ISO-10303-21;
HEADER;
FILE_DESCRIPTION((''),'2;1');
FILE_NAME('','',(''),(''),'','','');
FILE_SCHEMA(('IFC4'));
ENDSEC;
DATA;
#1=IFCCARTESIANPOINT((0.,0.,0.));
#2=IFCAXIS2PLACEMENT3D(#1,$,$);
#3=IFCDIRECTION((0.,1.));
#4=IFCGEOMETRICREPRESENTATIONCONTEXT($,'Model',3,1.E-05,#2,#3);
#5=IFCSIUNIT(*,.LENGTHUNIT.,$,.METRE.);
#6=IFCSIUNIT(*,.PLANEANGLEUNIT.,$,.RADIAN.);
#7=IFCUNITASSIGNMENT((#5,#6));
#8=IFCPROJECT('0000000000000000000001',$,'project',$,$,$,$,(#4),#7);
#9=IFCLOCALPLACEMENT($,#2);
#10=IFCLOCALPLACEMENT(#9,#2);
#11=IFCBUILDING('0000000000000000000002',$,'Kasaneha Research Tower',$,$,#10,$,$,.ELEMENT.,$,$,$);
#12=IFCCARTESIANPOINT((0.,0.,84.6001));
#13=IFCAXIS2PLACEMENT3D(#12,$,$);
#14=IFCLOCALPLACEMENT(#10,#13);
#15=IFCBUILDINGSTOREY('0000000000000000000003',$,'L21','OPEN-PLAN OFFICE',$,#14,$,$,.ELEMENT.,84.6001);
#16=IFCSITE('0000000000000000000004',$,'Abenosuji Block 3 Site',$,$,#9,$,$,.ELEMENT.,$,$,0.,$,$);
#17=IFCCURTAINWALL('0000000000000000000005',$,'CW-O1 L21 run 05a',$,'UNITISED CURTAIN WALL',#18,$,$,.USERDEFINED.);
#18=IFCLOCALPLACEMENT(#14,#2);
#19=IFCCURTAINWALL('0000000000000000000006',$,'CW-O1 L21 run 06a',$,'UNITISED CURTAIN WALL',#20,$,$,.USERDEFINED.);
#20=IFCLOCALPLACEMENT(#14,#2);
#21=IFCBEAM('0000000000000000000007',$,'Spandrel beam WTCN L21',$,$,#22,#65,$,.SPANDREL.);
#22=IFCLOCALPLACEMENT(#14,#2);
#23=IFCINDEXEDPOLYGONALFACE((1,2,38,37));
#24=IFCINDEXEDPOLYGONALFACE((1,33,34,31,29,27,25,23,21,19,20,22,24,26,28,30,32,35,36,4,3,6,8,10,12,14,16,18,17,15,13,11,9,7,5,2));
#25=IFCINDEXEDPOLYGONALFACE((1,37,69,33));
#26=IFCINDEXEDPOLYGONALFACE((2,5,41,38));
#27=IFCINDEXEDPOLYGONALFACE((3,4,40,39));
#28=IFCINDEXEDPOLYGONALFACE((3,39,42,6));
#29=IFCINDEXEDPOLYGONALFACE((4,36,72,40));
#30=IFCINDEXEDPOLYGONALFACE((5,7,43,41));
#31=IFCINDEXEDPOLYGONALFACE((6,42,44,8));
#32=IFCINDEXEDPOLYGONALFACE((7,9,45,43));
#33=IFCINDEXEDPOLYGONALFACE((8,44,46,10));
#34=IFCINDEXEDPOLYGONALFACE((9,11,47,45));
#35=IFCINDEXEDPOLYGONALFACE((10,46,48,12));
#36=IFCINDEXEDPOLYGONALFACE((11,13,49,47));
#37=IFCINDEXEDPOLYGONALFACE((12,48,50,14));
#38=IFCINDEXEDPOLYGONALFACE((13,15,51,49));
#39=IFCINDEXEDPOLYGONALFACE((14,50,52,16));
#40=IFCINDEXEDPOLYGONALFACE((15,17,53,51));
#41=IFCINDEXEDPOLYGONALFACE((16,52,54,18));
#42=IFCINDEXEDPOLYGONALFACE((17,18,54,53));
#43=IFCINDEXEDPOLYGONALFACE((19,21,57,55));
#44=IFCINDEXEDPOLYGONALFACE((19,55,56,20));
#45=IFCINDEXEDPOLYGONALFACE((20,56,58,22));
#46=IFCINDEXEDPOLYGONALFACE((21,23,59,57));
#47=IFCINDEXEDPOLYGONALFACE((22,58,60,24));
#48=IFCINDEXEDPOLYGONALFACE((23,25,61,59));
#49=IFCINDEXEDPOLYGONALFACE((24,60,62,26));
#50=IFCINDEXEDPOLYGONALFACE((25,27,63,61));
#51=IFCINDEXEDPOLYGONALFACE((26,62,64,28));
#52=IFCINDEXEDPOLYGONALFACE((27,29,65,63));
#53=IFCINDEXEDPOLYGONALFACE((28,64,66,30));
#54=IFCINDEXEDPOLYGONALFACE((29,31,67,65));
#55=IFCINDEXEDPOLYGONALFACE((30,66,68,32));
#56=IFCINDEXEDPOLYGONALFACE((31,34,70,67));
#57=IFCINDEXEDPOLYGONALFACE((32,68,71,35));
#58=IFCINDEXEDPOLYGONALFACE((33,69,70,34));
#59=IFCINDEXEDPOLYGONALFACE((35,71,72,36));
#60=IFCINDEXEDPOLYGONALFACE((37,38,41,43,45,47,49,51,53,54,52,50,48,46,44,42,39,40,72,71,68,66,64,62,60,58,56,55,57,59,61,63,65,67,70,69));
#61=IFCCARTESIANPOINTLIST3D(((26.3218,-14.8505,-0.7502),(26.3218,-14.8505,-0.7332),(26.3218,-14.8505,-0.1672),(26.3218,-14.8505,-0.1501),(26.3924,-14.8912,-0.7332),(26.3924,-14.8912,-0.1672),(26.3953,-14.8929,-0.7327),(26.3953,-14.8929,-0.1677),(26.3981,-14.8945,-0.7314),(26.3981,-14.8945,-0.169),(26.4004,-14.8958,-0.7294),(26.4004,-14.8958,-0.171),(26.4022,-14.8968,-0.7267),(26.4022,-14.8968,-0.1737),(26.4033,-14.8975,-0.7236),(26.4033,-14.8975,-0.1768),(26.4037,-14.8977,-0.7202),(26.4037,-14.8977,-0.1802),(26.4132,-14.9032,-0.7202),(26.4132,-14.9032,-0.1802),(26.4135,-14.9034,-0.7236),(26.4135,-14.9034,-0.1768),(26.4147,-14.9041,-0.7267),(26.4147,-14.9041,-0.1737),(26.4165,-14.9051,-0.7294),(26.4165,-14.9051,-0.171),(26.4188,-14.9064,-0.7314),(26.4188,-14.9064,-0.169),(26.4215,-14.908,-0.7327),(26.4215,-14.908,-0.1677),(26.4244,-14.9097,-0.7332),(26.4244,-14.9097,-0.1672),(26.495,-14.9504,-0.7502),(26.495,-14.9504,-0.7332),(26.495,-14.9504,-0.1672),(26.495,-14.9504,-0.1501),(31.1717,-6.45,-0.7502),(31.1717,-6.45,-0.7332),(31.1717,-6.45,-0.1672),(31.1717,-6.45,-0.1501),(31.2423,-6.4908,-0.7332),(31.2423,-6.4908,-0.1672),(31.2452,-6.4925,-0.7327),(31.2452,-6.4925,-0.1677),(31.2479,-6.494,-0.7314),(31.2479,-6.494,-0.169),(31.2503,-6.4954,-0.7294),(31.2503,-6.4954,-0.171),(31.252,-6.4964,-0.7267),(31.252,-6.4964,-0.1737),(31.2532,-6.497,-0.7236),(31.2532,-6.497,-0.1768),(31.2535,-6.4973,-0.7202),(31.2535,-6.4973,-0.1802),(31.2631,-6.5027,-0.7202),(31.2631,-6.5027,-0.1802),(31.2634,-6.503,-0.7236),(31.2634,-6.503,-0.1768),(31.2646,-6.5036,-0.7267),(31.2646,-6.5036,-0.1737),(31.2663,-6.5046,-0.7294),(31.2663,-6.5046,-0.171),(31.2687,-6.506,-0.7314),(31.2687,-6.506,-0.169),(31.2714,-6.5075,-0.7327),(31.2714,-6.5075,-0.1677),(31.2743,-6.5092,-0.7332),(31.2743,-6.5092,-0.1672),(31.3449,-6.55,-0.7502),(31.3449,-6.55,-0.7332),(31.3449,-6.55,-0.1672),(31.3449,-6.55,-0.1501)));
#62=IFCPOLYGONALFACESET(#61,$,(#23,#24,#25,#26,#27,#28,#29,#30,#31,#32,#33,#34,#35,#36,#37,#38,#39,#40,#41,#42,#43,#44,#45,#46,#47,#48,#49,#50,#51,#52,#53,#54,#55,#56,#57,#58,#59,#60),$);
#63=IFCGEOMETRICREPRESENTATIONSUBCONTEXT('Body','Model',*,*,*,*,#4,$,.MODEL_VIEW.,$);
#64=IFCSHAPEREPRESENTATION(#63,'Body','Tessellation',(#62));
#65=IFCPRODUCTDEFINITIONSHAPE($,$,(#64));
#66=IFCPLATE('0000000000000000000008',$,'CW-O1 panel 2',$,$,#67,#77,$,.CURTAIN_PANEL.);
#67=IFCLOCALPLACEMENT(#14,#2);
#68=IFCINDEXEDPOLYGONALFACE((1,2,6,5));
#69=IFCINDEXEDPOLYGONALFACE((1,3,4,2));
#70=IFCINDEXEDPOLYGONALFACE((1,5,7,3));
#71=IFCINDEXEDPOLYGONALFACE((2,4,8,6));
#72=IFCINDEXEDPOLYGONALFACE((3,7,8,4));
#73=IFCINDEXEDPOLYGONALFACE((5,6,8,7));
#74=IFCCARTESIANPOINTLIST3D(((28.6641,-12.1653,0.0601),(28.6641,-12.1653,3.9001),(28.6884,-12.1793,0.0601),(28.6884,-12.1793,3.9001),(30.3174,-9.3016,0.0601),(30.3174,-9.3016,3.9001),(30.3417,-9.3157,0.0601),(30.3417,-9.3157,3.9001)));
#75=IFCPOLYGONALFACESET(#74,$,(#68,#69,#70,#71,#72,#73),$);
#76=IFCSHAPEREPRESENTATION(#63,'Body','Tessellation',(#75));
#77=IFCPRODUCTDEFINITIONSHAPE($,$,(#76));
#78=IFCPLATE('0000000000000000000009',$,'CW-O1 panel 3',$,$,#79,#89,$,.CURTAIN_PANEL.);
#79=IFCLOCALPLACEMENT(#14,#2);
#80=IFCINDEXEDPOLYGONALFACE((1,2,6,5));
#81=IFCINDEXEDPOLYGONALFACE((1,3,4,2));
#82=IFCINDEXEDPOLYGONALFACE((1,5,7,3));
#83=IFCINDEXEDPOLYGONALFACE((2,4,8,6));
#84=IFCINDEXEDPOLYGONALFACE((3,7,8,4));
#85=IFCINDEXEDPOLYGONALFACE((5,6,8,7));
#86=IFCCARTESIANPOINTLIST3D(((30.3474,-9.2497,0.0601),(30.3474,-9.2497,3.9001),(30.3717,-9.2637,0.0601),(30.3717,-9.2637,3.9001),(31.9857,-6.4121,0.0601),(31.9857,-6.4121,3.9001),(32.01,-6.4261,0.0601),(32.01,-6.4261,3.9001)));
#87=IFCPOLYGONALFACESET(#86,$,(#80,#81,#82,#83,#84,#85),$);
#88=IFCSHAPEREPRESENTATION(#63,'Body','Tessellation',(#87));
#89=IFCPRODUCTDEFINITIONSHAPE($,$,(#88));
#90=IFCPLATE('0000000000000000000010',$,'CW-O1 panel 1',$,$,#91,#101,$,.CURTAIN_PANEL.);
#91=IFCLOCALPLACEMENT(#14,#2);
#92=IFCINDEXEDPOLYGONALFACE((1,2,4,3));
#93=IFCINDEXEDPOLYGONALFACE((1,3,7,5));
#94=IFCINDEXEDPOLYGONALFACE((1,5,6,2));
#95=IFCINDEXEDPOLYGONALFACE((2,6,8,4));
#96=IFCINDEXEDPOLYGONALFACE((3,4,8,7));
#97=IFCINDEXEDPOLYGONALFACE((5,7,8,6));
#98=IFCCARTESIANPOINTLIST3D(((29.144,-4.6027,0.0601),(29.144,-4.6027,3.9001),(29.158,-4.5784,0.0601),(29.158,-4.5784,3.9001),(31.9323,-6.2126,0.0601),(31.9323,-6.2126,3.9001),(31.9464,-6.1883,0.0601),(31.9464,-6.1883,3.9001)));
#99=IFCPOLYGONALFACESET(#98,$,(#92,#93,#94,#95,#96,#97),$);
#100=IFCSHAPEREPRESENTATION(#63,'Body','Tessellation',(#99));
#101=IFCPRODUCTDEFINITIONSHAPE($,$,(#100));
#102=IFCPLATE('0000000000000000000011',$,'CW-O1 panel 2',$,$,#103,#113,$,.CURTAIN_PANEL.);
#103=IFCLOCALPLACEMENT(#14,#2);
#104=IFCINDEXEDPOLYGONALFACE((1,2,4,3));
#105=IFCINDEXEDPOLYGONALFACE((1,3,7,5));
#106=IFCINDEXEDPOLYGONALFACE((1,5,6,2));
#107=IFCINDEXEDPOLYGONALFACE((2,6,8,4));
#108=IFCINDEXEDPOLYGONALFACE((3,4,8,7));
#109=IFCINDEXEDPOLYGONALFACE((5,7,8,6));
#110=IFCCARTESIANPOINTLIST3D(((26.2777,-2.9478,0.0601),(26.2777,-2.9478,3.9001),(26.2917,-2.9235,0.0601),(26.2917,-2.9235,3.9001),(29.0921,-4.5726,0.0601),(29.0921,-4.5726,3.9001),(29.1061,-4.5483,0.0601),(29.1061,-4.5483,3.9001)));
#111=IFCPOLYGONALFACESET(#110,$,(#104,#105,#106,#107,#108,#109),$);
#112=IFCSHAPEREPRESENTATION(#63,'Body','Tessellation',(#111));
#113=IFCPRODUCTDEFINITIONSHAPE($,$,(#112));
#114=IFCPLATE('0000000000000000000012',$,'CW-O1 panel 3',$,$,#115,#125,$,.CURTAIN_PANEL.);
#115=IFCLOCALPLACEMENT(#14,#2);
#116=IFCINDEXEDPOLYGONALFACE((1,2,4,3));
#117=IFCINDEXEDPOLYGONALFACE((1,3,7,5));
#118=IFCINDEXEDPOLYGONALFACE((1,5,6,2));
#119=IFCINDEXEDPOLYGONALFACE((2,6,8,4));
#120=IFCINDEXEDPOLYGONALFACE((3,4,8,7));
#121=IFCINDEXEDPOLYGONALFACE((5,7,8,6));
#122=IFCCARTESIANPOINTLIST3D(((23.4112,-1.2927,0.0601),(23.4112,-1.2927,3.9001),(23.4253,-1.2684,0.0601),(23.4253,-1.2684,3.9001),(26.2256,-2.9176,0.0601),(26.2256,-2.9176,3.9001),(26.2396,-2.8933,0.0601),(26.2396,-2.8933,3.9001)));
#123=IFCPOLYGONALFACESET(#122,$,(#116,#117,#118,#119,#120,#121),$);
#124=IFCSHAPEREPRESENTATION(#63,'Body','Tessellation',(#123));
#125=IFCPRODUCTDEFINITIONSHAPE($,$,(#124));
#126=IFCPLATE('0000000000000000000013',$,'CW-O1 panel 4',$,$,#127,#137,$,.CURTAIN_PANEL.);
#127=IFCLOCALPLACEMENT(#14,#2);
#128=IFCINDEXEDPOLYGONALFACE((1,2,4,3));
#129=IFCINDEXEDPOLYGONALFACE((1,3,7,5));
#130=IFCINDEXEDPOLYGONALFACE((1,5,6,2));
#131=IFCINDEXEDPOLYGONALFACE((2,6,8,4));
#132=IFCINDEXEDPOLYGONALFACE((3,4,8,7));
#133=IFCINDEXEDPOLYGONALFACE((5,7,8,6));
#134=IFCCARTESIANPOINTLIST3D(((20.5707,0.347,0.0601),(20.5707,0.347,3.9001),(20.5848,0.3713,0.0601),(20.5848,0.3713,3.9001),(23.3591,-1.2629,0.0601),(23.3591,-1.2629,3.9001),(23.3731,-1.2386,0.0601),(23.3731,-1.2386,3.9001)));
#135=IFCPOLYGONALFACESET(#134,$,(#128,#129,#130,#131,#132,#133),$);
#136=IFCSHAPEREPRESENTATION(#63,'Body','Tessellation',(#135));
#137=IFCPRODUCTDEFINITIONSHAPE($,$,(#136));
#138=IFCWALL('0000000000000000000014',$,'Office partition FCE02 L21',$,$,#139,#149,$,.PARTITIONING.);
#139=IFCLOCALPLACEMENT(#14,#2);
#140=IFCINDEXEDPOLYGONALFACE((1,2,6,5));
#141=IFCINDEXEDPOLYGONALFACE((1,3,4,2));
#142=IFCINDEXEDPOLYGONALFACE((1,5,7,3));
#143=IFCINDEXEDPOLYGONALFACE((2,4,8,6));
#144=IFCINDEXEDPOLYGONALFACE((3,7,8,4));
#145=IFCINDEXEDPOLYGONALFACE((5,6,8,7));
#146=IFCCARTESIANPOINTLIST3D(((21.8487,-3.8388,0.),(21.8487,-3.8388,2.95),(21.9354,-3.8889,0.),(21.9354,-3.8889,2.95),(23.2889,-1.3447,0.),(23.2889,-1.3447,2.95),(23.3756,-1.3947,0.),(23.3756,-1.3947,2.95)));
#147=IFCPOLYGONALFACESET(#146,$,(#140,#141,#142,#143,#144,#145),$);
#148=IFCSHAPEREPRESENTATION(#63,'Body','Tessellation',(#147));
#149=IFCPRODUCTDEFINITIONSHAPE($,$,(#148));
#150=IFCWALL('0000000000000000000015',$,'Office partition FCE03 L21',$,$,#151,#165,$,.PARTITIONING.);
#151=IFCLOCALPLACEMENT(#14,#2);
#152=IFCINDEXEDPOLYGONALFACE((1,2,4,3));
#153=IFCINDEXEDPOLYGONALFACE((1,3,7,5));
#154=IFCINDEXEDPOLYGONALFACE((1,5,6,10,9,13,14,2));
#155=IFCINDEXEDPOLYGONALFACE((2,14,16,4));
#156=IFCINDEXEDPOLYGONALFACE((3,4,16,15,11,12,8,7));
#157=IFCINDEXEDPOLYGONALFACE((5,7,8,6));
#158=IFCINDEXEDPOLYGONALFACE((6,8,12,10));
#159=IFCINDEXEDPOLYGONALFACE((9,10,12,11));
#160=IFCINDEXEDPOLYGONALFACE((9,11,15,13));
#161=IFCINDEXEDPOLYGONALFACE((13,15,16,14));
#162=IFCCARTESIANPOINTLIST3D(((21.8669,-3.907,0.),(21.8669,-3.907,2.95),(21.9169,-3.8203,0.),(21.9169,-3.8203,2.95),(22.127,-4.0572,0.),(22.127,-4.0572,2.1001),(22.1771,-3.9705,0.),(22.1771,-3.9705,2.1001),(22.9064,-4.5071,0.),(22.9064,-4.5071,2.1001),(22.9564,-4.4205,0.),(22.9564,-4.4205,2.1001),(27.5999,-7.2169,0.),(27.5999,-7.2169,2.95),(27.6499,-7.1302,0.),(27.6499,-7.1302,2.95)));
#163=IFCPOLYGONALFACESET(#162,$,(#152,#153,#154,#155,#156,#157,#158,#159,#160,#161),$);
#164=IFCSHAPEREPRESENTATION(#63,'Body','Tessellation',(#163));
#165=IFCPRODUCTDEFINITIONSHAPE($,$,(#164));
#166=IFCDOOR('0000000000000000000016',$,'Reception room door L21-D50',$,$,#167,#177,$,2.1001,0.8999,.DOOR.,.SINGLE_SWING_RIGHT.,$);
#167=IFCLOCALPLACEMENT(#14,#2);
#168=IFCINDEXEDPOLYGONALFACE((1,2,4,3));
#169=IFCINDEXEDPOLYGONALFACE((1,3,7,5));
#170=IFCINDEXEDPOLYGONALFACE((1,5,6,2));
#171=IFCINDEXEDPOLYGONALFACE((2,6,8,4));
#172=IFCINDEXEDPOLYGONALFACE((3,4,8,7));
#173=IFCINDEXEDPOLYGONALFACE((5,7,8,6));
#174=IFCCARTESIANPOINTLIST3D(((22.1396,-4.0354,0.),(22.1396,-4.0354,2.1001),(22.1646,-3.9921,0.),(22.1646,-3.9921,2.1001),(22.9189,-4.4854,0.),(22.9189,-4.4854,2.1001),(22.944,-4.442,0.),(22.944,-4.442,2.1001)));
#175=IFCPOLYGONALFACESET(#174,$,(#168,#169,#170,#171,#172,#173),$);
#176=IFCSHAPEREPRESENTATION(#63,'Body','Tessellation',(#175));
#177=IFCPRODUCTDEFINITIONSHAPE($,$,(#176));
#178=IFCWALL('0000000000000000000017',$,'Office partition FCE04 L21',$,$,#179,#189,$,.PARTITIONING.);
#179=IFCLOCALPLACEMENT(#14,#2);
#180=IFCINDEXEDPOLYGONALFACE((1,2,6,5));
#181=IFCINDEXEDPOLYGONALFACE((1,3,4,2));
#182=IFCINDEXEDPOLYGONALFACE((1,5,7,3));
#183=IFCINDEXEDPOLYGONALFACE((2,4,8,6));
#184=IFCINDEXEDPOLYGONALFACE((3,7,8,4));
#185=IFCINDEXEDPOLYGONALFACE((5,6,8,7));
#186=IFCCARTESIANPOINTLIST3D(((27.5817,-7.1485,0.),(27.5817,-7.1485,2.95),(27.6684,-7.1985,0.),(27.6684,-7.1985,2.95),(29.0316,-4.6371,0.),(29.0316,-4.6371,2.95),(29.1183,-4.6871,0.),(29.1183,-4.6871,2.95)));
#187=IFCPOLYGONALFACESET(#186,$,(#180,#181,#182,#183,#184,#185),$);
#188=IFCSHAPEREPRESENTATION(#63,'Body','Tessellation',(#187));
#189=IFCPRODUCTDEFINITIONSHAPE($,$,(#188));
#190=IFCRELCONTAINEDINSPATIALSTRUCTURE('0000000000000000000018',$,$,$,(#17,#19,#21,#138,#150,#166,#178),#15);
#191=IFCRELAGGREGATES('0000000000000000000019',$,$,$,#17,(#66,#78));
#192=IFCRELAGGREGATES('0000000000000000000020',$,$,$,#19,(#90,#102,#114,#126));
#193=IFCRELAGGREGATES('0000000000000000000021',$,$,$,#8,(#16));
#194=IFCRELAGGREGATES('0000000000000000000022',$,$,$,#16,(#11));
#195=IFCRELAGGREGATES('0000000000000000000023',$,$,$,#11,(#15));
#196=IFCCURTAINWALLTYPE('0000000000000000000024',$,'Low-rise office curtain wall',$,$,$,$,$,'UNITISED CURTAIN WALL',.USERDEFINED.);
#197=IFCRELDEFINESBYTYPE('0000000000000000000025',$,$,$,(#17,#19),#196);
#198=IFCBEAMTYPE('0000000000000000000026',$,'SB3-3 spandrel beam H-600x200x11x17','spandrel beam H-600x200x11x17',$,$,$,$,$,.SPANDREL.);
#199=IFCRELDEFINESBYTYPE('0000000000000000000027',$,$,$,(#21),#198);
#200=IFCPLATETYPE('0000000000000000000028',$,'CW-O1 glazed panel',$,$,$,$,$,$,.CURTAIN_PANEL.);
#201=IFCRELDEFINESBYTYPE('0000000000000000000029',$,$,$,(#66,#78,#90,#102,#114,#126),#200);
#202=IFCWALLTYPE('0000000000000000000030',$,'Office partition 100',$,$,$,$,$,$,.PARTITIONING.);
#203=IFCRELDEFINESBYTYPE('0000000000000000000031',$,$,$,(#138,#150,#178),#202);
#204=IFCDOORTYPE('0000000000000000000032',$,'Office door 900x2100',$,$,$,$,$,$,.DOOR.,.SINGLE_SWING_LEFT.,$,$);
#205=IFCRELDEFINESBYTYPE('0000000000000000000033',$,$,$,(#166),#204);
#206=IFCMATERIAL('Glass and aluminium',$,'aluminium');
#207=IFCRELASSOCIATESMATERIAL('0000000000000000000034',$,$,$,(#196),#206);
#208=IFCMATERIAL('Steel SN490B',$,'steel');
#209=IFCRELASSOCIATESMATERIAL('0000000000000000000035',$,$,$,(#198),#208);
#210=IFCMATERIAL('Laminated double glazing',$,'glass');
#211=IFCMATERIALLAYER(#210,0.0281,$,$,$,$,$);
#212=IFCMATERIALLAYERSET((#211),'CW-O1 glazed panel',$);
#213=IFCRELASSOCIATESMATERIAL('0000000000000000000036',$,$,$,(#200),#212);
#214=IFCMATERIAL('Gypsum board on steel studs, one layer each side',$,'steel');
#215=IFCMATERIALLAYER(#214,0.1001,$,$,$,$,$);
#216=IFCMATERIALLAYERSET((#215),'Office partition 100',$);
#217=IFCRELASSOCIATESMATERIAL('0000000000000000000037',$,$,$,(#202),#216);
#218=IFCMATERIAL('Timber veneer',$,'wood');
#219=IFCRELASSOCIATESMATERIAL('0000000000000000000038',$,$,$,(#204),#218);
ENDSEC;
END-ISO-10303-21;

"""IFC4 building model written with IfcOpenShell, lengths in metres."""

from ifc_helpers import new_model, si_unit, direction, frame, frame_2d, origin, origin_2d, place, context, subcontext, project, spatial, rectangle, i_section, extrude, material, layer, layer_set, material_profile, profile_set, type_object, element, fill, aggregate, save


model = new_model("IFC4")

# Units and contexts
model_context = context("Model", 3, precision=1e-05, world=origin(), true_north=direction((0.0, 1.0)))
body_context = subcontext(model_context, "Body", "Model", "MODEL_VIEW")
ifc_project = project(units=[si_unit("LENGTHUNIT", "METRE"), si_unit("PLANEANGLEUNIT", "RADIAN")], contexts=[model_context])

# Site, building, storey
site_placement = place(None, origin())
site = spatial("IfcSite", under=ifc_project, at=site_placement, Name="Abenosuji Block 3 Site", CompositionType="ELEMENT", RefElevation=0.0)
building_placement = place(site_placement, origin())
building = spatial("IfcBuilding", under=site, at=building_placement, Name="Kasaneha Research Tower", CompositionType="ELEMENT")
storey_placement = place(building_placement, frame((0.0, 0.0, 84.6001)))
storey = spatial("IfcBuildingStorey", under=building, at=storey_placement, Name="L21", Description="OPEN-PLAN OFFICE", CompositionType="ELEMENT", Elevation=84.6001)

# Curtain walls
ifc_material_1 = material(Name="Glass and aluminium", Category="aluminium")
curtain_wall_type = type_object("IfcCurtainWallType", Name="Low-rise office curtain wall", ElementType="UNITISED CURTAIN WALL", PredefinedType="USERDEFINED", material=ifc_material_1)
curtain_wall_1_placement = place(storey_placement, origin())
curtain_wall_1 = element("IfcCurtainWall", 1, at=curtain_wall_1_placement, inside=storey, type_object=curtain_wall_type, Name="CW-O1 L21 run 05a", ObjectType="UNITISED CURTAIN WALL", PredefinedType="USERDEFINED")
curtain_wall_2_placement = place(storey_placement, origin())
curtain_wall_2 = element("IfcCurtainWall", 2, at=curtain_wall_2_placement, inside=storey, type_object=curtain_wall_type, Name="CW-O1 L21 run 06a", ObjectType="UNITISED CURTAIN WALL", PredefinedType="USERDEFINED")

# Beam
ifc_material_2 = material(Name="Steel SN490B", Category="steel")
ifc_material_profile_1 = material_profile(ifc_material_2, i_section(OverallWidth=0.2, OverallDepth=0.6001, WebThickness=0.011, FlangeThickness=0.0171, FilletRadius=0.0129, at=origin_2d()), Name="H-600x200x11x17")
ifc_profile_set_1 = profile_set([ifc_material_profile_1], Name="Steel SN490B")
beam_type_1 = type_object("IfcBeamType", Name="SB3-3 spandrel beam H-600x200x11x17", Description="spandrel beam H-600x200x11x17", PredefinedType="SPANDREL", material=ifc_profile_set_1)
beam_1_placement = place(storey_placement, frame((31.2583, -6.5, -0.4502), z_axis=(-0.499991, -0.866031, 0.0), x_axis=(0.866031, -0.499991, 0.0)))
element("IfcBeam", 3, at=beam_1_placement, inside=storey, type_object=beam_type_1, Name="Spandrel beam WTCN L21", PredefinedType="SPANDREL", context=body_context, shape_type="SweptSolid", body=[
    extrude(i_section(OverallWidth=0.2, OverallDepth=0.6001, WebThickness=0.011, FlangeThickness=0.0171, FilletRadius=0.0129, at=origin_2d()), origin(), (0.0, 0.0, 1.0), 9.7),
])

# Plates
ifc_material_3 = material(Name="Laminated double glazing", Category="glass")
ifc_layer_1 = layer(ifc_material_3, 0.0281)
ifc_layer_set_1 = layer_set([ifc_layer_1], Name="CW-O1 glazed panel")
plate_type = type_object("IfcPlateType", Name="CW-O1 glazed panel", PredefinedType="CURTAIN_PANEL", material=ifc_layer_set_1)
plate_1_placement = place(storey_placement, frame((29.5029, -10.7405, 0.0601), z_axis=(0.0, 0.0, 1.0), x_axis=(0.5, 0.866025, 0.0)))
plate_1 = element("IfcPlate", 4, at=plate_1_placement, type_object=plate_type, Name="CW-O1 panel 2", PredefinedType="CURTAIN_PANEL", context=body_context, shape_type="SweptSolid", body=[
    extrude(rectangle(XDim=3.3066, YDim=0.0281, at=origin_2d()), origin(), (0.0, 0.0, 1.0), 3.8401),
])
plate_2_placement = place(storey_placement, frame((31.1787, -7.8379, 0.0601), z_axis=(0.0, 0.0, 1.0), x_axis=(0.5, 0.866025, 0.0)))
plate_2 = element("IfcPlate", 5, at=plate_2_placement, type_object=plate_type, Name="CW-O1 panel 3", PredefinedType="CURTAIN_PANEL", context=body_context, shape_type="SweptSolid", body=[
    extrude(rectangle(XDim=3.2766, YDim=0.0281, at=origin_2d()), origin(), (0.0, 0.0, 1.0), 3.8401),
])
aggregate(curtain_wall_1, [plate_1, plate_2])
plate_3_placement = place(storey_placement, frame((30.5452, -5.3955, 0.0601), z_axis=(0.0, 0.0, 1.0), x_axis=(-0.866025, 0.5, 0.0)))
plate_3 = element("IfcPlate", 6, at=plate_3_placement, type_object=plate_type, Name="CW-O1 panel 1", PredefinedType="CURTAIN_PANEL", context=body_context, shape_type="SweptSolid", body=[
    extrude(rectangle(XDim=3.2197, YDim=0.0281, at=origin_2d()), origin(), (0.0, 0.0, 1.0), 3.8401),
])
plate_4_placement = place(storey_placement, frame((27.6919, -3.748, 0.0601), z_axis=(0.0, 0.0, 1.0), x_axis=(-0.866025, 0.5, 0.0)))
plate_4 = element("IfcPlate", 7, at=plate_4_placement, type_object=plate_type, Name="CW-O1 panel 2", PredefinedType="CURTAIN_PANEL", context=body_context, shape_type="SweptSolid", body=[
    extrude(rectangle(XDim=3.2498, YDim=0.0281, at=origin_2d()), origin(), (0.0, 0.0, 1.0), 3.8401),
])
plate_5_placement = place(storey_placement, frame((24.8254, -2.093, 0.0601), z_axis=(0.0, 0.0, 1.0), x_axis=(-0.866025, 0.5, 0.0)))
plate_5 = element("IfcPlate", 8, at=plate_5_placement, type_object=plate_type, Name="CW-O1 panel 3", PredefinedType="CURTAIN_PANEL", context=body_context, shape_type="SweptSolid", body=[
    extrude(rectangle(XDim=3.2498, YDim=0.0281, at=origin_2d()), origin(), (0.0, 0.0, 1.0), 3.8401),
])
plate_6_placement = place(storey_placement, frame((21.9719, -0.4458, 0.0601), z_axis=(0.0, 0.0, 1.0), x_axis=(-0.866025, 0.5, 0.0)))
plate_6 = element("IfcPlate", 9, at=plate_6_placement, type_object=plate_type, Name="CW-O1 panel 4", PredefinedType="CURTAIN_PANEL", context=body_context, shape_type="SweptSolid", body=[
    extrude(rectangle(XDim=3.2197, YDim=0.0281, at=origin_2d()), origin(), (0.0, 0.0, 1.0), 3.8401),
])
aggregate(curtain_wall_2, [plate_3, plate_4, plate_5, plate_6])

# Wall
ifc_material_4 = material(Name="Gypsum board on steel studs, one layer each side", Category="steel")
ifc_layer_2 = layer(ifc_material_4, 0.1001)
ifc_layer_set_2 = layer_set([ifc_layer_2], Name="Office partition 100")
wall_type_1 = type_object("IfcWallType", Name="Office partition 100", PredefinedType="PARTITIONING", material=ifc_layer_set_2)
wall_1_placement = place(storey_placement, frame((21.8921, -3.8638, 0.0), z_axis=(0.0, 0.0, 1.0), x_axis=(0.50005, 0.865996, 0.0)))
element("IfcWall", 10, at=wall_1_placement, inside=storey, type_object=wall_type_1, Name="Office partition FCE02 L21", PredefinedType="PARTITIONING", context=body_context, shape_type="SweptSolid", body=[
    extrude(rectangle(XDim=2.8801, YDim=0.1001, at=frame_2d((1.4399, 0.0))), origin(), (0.0, 0.0, 1.0), 2.95),
])

# Wall, opening, door
wall_2_placement = place(storey_placement, frame((27.625, -7.1736, 0.0), z_axis=(0.0, 0.0, 1.0), x_axis=(-0.866031, 0.499991, 0.0)))
wall_2 = element("IfcWall", 11, at=wall_2_placement, inside=storey, type_object=wall_type_1, Name="Office partition FCE03 L21", PredefinedType="PARTITIONING", context=body_context, shape_type="SweptSolid", body=[
    extrude(rectangle(XDim=6.6199, YDim=0.1001, at=frame_2d((3.3101, 0.0))), origin(), (0.0, 0.0, 1.0), 2.95),
])
opening_placement = place(wall_2_placement, frame((5.4197, 0.0, 0.0)))
opening = element("IfcOpeningElement", 12, at=opening_placement, cuts=wall_2, PredefinedType="OPENING", context=body_context, shape_type="SweptSolid", body=[
    extrude(rectangle(XDim=0.8999, YDim=2.1001, at=frame_2d((0.45, 1.05))), frame((0.0, 0.0601, 0.0), z_axis=(0.0, -1.0, 0.0), x_axis=(1.0, 0.0, 0.0)), (0.0, 0.0, 1.0), 0.1201),
])
ifc_material_5 = material(Name="Timber veneer", Category="wood")
door_type = type_object("IfcDoorType", Name="Office door 900x2100", OperationType="SINGLE_SWING_LEFT", PredefinedType="DOOR", material=ifc_material_5)
door_placement = place(opening_placement, origin())
door = element("IfcDoor", 13, at=door_placement, inside=storey, type_object=door_type, Name="Reception room door L21-D50", OperationType="SINGLE_SWING_RIGHT", OverallHeight=2.1001, OverallWidth=0.8999, PredefinedType="DOOR", context=body_context, shape_type="SweptSolid", body=[
    extrude(rectangle(XDim=0.8999, YDim=2.1001, at=frame_2d((0.45, 1.05))), frame((0.0, 0.0249, 0.0), z_axis=(0.0, -1.0, 0.0), x_axis=(1.0, 0.0, 0.0)), (0.0, 0.0, 1.0), 0.05),
])
fill(opening, door)

# Wall
wall_3_placement = place(storey_placement, frame((29.075, -4.6621, 0.0), z_axis=(0.0, 0.0, 1.0), x_axis=(-0.499987, -0.866033, 0.0)))
element("IfcWall", 14, at=wall_3_placement, inside=storey, type_object=wall_type_1, Name="Office partition FCE04 L21", PredefinedType="PARTITIONING", context=body_context, shape_type="SweptSolid", body=[
    extrude(rectangle(XDim=2.8999, YDim=0.1001, at=frame_2d((1.45, 0.0))), origin(), (0.0, 0.0, 1.0), 2.95),
])

save(model, "model.ifc")
